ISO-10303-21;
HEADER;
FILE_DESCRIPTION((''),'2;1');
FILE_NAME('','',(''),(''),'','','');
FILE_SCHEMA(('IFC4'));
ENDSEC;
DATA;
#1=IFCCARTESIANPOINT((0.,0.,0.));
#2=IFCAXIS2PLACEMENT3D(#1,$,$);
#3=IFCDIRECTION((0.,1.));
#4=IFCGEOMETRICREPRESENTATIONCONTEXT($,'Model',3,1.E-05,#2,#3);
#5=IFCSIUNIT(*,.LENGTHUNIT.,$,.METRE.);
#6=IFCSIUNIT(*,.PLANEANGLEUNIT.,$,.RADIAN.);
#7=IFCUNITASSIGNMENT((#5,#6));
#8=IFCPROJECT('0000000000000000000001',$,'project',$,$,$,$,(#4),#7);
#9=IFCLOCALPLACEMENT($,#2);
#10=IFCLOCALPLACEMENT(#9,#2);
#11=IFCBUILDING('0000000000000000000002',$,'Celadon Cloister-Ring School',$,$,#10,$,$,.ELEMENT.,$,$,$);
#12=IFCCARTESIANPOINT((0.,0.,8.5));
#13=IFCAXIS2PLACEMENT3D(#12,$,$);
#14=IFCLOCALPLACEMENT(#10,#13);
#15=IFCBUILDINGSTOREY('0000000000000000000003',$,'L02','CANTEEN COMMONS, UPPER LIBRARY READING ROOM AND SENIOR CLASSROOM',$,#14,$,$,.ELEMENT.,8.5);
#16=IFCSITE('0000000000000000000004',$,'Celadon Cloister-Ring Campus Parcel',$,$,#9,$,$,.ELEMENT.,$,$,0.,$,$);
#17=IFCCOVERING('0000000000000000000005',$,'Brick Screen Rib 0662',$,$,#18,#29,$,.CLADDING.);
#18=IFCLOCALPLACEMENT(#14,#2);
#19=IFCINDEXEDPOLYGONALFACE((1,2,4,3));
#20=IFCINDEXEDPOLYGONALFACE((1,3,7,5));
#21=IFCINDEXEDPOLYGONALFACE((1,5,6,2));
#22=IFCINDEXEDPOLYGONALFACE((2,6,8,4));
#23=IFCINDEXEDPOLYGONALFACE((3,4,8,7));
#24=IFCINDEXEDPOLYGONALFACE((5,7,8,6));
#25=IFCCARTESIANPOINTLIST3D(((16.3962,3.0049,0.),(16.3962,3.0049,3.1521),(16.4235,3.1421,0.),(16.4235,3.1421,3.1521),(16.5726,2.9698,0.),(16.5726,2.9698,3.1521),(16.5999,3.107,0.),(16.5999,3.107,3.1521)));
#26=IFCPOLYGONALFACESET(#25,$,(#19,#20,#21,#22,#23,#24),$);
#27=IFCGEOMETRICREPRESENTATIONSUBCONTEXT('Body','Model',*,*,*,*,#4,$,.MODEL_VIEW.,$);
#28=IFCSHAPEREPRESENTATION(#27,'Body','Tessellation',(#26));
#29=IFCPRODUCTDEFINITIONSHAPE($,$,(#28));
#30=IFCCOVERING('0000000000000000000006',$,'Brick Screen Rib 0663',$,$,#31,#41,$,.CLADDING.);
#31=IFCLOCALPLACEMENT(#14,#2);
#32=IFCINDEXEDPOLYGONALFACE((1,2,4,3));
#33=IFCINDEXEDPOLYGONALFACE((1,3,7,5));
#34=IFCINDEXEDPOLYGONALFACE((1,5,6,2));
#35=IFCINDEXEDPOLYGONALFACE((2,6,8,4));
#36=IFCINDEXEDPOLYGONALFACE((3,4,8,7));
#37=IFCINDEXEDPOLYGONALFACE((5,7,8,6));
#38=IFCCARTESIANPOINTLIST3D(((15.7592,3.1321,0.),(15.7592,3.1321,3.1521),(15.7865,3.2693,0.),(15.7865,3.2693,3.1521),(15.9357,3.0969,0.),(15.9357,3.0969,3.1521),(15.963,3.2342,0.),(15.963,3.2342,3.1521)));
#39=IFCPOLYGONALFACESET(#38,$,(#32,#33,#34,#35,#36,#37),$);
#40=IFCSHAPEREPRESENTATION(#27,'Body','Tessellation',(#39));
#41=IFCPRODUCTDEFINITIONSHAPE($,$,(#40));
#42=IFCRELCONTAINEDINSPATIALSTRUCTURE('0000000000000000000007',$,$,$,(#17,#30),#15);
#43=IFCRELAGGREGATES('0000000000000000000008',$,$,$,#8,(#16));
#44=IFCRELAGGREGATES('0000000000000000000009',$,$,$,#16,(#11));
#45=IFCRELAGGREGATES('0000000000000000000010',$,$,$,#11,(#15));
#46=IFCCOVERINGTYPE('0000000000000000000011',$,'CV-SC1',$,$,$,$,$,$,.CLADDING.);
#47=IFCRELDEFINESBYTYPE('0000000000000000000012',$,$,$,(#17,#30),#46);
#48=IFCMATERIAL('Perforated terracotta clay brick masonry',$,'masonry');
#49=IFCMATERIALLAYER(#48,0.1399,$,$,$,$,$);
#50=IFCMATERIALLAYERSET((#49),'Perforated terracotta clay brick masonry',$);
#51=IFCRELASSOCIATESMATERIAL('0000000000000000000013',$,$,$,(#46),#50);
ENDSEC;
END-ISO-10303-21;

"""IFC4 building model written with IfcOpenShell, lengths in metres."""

from ifc_helpers import new_model, si_unit, direction, frame, origin, origin_2d, place, context, subcontext, project, spatial, rectangle, extrude, material, layer, layer_set, type_object, element, save


model = new_model("IFC4")

# Units and contexts
model_context = context("Model", 3, precision=1e-05, world=origin(), true_north=direction((0.0, 1.0)))
body_context = subcontext(model_context, "Body", "Model", "MODEL_VIEW")
ifc_project = project(units=[si_unit("LENGTHUNIT", "METRE"), si_unit("PLANEANGLEUNIT", "RADIAN")], contexts=[model_context])

# Site, building, storey
site_placement = place(None, origin())
site = spatial("IfcSite", under=ifc_project, at=site_placement, Name="Celadon Cloister-Ring Campus Parcel", CompositionType="ELEMENT", RefElevation=0.0)
building_placement = place(site_placement, origin())
building = spatial("IfcBuilding", under=site, at=building_placement, Name="Celadon Cloister-Ring School", CompositionType="ELEMENT")
storey_placement = place(building_placement, frame((0.0, 0.0, 8.5)))
storey = spatial("IfcBuildingStorey", under=building, at=storey_placement, Name="L02", Description="CANTEEN COMMONS, UPPER LIBRARY READING ROOM AND SENIOR CLASSROOM", CompositionType="ELEMENT", Elevation=8.5)

# Coverings
ifc_material_1 = material(Name="Perforated terracotta clay brick masonry", Category="masonry")
ifc_layer_1 = layer(ifc_material_1, 0.1399)
ifc_layer_set_1 = layer_set([ifc_layer_1], Name="Perforated terracotta clay brick masonry")
covering_type = type_object("IfcCoveringType", Name="CV-SC1", PredefinedType="CLADDING", material=ifc_layer_set_1)
for number, where, z_axis, x_axis, name in (
    (1, (16.498, 3.0559, 0.0), (0.0, 0.0, 1.0), (-0.980775, 0.195142, 0.0), "Brick Screen Rib 0662"),
    (2, (15.8611, 3.1831, 0.0), (0.0, 0.0, 1.0), (-0.980775, 0.195142, 0.0), "Brick Screen Rib 0663"),
):
    element("IfcCovering", number, at=place(storey_placement, frame(where, z_axis=z_axis, x_axis=x_axis)), inside=storey, type_object=covering_type, Name=name, PredefinedType="CLADDING", context=body_context, shape_type="SweptSolid", body=[
        extrude(rectangle(XDim=0.1799, YDim=0.1399, at=origin_2d()), origin(), (0.0, 0.0, 1.0), 3.1521),
    ])

save(model, "model.ifc")
